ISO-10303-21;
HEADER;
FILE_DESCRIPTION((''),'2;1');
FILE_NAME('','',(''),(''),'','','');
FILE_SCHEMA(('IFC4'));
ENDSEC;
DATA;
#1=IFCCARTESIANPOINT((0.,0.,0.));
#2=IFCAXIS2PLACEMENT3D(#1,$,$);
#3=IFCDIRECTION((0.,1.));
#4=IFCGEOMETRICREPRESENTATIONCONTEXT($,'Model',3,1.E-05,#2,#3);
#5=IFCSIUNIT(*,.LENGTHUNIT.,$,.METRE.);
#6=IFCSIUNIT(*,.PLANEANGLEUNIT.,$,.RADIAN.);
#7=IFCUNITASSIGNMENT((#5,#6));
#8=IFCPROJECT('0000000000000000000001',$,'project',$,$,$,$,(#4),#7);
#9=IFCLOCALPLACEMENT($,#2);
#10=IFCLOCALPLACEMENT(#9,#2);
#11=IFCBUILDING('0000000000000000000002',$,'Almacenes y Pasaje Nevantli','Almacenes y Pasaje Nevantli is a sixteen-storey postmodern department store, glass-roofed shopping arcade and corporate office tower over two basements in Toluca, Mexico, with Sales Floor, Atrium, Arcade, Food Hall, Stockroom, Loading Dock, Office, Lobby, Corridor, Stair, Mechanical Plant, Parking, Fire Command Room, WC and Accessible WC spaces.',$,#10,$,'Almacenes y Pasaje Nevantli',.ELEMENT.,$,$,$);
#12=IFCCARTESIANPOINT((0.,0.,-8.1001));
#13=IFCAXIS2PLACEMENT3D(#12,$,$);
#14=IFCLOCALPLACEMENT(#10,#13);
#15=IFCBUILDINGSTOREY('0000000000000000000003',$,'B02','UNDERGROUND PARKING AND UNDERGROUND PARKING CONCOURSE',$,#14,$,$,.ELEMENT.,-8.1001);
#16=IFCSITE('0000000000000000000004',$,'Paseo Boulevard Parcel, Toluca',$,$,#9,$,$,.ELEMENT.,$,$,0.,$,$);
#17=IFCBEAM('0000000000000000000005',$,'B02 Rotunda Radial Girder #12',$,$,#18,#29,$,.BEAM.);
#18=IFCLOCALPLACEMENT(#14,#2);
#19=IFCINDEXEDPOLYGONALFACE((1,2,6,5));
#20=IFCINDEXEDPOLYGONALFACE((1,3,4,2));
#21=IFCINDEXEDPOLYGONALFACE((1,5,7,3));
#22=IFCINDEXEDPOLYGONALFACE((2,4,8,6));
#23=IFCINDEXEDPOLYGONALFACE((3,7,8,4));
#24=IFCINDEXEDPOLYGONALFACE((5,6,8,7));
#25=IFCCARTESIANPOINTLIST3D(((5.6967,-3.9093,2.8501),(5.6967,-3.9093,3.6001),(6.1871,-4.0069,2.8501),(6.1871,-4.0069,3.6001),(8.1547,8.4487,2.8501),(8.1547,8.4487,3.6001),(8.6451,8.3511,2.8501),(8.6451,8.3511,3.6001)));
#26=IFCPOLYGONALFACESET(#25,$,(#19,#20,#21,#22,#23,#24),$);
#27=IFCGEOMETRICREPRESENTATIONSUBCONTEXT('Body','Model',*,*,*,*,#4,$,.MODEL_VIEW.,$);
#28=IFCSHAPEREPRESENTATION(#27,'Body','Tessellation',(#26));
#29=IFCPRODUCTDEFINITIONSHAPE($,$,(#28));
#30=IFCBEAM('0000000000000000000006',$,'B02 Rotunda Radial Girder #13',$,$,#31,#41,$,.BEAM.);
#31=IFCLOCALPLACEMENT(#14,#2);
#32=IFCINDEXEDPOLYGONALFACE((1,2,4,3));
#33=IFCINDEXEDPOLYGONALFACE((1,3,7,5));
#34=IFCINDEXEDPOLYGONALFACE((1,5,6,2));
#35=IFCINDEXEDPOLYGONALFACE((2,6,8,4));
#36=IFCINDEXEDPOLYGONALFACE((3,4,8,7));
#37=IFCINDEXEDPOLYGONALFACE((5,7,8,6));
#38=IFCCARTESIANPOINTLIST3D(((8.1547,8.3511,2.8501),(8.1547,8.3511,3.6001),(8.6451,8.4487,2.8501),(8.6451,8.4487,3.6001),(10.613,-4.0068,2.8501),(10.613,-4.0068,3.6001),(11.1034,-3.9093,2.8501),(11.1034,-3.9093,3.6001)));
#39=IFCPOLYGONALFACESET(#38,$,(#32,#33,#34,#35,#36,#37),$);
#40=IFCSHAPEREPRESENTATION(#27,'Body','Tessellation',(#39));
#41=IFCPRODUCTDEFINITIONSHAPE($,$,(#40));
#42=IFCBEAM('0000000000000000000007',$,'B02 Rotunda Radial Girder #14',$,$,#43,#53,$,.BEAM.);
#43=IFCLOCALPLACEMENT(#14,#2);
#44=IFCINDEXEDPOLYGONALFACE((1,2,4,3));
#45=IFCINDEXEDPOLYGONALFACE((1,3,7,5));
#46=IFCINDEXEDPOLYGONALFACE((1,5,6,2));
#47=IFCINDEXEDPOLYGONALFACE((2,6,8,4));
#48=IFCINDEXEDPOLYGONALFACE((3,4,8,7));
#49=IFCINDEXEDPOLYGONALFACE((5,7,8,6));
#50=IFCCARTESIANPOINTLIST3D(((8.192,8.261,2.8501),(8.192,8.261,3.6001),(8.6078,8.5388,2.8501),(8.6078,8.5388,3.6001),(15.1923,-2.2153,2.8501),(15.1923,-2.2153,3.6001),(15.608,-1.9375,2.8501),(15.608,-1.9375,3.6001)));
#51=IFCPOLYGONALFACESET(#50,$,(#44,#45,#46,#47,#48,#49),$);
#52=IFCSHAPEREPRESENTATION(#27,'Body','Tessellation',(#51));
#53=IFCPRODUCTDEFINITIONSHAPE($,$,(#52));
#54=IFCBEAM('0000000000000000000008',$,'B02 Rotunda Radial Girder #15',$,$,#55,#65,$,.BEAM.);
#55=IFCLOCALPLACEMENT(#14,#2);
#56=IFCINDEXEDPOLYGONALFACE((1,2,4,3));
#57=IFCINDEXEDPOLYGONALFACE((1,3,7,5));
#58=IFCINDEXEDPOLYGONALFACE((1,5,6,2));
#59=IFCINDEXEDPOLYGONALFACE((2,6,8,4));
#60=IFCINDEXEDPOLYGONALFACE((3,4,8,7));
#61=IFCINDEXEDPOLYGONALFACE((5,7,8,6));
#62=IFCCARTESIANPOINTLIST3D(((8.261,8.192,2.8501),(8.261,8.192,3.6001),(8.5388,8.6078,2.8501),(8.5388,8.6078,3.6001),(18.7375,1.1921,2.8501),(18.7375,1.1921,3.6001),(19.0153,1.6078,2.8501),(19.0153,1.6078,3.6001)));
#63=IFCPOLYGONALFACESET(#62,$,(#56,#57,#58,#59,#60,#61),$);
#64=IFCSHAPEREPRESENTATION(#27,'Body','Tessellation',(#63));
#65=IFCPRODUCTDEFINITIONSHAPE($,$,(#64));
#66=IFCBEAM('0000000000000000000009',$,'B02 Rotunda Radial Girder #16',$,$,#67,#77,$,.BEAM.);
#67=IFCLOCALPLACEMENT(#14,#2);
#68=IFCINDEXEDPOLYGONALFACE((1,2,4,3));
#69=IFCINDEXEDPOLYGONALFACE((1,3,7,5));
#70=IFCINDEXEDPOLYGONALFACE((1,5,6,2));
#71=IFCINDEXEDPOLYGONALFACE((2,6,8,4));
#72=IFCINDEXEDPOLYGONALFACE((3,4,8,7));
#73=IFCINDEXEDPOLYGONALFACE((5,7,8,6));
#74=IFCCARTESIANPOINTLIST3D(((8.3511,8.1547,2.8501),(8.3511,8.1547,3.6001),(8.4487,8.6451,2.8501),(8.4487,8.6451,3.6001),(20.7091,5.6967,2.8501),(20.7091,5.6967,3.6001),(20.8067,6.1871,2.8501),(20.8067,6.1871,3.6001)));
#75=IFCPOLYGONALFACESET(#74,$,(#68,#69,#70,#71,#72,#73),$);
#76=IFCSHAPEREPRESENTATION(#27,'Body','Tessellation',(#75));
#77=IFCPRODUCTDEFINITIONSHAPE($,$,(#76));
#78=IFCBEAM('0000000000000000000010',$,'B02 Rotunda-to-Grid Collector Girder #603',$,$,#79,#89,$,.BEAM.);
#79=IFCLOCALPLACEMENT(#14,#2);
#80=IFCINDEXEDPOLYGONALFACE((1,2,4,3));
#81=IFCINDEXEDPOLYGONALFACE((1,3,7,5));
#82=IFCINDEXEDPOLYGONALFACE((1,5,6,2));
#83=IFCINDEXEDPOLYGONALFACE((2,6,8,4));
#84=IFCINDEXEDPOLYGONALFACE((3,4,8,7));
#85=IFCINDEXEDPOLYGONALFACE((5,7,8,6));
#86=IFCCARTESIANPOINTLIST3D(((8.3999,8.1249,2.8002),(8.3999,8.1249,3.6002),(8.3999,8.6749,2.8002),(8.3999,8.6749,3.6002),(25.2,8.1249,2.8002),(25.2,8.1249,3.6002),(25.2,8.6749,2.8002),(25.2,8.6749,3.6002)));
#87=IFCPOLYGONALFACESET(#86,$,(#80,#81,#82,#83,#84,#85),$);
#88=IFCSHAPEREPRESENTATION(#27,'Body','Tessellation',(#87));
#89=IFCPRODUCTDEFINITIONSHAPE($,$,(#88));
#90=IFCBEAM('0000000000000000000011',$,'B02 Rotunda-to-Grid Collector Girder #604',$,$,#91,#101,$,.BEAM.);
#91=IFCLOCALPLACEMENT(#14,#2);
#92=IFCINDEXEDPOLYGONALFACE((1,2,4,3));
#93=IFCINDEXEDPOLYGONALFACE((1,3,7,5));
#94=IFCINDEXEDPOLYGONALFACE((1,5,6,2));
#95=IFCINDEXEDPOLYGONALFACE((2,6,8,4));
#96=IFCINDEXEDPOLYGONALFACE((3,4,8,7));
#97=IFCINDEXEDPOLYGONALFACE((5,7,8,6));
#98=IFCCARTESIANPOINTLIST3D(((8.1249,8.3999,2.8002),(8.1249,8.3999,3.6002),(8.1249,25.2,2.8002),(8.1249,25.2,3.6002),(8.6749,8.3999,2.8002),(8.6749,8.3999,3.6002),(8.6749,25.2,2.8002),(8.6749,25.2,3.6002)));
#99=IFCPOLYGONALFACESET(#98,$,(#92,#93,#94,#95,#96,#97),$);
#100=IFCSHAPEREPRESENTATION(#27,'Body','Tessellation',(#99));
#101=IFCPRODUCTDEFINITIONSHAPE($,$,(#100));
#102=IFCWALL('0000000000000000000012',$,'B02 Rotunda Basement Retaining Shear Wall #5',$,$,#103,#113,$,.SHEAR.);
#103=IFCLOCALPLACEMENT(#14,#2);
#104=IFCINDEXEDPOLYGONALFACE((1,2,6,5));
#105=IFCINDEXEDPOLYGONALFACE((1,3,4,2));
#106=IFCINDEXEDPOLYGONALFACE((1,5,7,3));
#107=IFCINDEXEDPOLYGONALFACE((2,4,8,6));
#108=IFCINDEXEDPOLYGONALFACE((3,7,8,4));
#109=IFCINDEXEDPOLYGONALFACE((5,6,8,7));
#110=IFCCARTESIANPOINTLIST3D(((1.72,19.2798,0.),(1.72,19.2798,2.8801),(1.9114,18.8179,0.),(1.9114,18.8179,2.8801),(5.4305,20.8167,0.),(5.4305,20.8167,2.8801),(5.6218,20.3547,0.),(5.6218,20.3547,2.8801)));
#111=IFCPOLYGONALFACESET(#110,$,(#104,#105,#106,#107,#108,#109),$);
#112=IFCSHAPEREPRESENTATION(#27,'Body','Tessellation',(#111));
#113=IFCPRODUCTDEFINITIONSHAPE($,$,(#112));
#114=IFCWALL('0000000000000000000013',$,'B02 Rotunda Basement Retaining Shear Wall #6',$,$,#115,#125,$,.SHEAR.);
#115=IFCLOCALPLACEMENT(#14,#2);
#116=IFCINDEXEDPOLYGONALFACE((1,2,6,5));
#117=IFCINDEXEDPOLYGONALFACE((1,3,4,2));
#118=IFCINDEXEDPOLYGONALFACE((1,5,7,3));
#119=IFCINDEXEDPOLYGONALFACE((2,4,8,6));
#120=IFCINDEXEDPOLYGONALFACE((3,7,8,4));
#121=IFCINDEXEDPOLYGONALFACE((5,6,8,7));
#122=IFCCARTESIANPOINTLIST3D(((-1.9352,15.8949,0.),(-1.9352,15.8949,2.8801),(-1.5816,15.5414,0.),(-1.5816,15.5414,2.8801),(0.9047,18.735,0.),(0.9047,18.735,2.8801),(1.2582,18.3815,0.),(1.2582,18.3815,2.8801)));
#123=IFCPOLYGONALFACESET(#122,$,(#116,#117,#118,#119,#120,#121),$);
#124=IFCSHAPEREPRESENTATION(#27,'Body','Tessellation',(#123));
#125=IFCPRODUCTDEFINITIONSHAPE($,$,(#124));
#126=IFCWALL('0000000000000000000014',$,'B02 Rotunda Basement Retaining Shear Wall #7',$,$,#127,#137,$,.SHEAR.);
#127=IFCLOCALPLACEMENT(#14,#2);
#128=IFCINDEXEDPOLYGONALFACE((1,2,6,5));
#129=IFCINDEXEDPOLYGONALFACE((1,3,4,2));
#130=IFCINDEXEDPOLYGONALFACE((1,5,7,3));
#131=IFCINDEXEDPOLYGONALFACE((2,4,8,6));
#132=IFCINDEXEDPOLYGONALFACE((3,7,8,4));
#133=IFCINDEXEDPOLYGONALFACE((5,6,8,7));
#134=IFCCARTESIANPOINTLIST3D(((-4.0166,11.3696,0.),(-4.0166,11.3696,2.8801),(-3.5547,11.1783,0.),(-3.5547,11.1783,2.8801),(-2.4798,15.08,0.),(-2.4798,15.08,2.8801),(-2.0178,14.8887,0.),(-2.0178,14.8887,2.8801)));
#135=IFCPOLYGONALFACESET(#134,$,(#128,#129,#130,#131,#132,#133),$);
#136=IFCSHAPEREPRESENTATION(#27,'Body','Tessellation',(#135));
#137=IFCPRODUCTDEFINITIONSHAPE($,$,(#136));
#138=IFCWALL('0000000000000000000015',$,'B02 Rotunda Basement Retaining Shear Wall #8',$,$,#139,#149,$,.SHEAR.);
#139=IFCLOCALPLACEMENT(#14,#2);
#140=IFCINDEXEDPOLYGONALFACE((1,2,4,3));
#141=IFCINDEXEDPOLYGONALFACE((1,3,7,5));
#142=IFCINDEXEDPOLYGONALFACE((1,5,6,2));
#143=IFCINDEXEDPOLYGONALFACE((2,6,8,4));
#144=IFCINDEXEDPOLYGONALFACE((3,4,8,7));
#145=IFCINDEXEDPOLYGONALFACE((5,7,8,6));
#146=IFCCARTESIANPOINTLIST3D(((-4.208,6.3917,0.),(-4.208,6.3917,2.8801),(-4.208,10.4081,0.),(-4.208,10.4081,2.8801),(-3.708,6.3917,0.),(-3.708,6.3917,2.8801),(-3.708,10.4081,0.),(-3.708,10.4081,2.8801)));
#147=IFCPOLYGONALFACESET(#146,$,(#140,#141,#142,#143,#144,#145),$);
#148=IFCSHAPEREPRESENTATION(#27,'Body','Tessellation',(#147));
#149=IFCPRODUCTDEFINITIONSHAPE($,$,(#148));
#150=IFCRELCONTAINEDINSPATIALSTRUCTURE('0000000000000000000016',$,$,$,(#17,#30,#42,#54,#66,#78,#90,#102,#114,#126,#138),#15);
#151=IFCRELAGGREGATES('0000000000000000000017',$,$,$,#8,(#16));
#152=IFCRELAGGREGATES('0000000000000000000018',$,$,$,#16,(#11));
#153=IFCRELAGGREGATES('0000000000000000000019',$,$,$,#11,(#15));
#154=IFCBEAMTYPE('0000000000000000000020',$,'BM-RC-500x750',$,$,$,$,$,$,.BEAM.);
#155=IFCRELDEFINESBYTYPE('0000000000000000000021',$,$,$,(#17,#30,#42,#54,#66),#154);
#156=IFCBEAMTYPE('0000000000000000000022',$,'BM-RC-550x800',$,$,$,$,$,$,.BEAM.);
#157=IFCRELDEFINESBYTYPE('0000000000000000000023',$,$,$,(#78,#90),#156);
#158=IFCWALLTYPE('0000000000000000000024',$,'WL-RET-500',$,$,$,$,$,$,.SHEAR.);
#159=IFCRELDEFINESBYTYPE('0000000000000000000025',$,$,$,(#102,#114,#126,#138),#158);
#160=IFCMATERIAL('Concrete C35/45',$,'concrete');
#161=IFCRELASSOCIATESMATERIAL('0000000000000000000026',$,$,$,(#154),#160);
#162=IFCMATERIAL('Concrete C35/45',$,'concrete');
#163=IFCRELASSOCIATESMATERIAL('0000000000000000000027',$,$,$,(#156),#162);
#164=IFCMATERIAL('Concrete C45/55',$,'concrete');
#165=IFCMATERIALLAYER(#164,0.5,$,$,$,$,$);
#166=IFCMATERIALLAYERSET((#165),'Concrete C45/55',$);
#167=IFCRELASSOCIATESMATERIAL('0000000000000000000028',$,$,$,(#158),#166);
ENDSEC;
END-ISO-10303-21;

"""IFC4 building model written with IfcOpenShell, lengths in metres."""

from ifc_helpers import new_model, si_unit, direction, frame, frame_2d, origin, origin_2d, place, context, subcontext, project, spatial, rectangle, extrude, material, layer, layer_set, material_profile, profile_set, type_object, element, save


model = new_model("IFC4")

# Units and contexts
model_context = context("Model", 3, precision=1e-05, world=origin(), true_north=direction((0.0, 1.0)))
body_context = subcontext(model_context, "Body", "Model", "MODEL_VIEW")
ifc_project = project(units=[si_unit("LENGTHUNIT", "METRE"), si_unit("PLANEANGLEUNIT", "RADIAN")], contexts=[model_context])

# Site, building, storey
site_placement = place(None, origin())
site = spatial("IfcSite", under=ifc_project, at=site_placement, Name="Paseo Boulevard Parcel, Toluca", CompositionType="ELEMENT", RefElevation=0.0)
building_placement = place(site_placement, origin())
building = spatial("IfcBuilding", under=site, at=building_placement, Name="Almacenes y Pasaje Nevantli", Description="Almacenes y Pasaje Nevantli is a sixteen-storey postmodern department store, glass-roofed shopping arcade and corporate office tower over two basements in Toluca, Mexico, with Sales Floor, Atrium, Arcade, Food Hall, Stockroom, Loading Dock, Office, Lobby, Corridor, Stair, Mechanical Plant, Parking, Fire Command Room, WC and Accessible WC spaces.", LongName="Almacenes y Pasaje Nevantli", CompositionType="ELEMENT")
storey_placement = place(building_placement, frame((0.0, 0.0, -8.1001)))
storey = spatial("IfcBuildingStorey", under=building, at=storey_placement, Name="B02", Description="UNDERGROUND PARKING AND UNDERGROUND PARKING CONCOURSE", CompositionType="ELEMENT", Elevation=-8.1001)

# Beams
ifc_material_1 = material(Name="Concrete C35/45", Category="concrete")
ifc_material_profile_1 = material_profile(ifc_material_1, rectangle(XDim=0.5, YDim=0.75, at=origin_2d()), Name="RC-BM-500x750")
ifc_profile_set_1 = profile_set([ifc_material_profile_1], Name="Concrete C35/45")
beam_type_1 = type_object("IfcBeamType", Name="BM-RC-500x750", PredefinedType="BEAM", material=ifc_profile_set_1)
for number, where, z_axis, x_axis, name in (
    (1, (8.3999, 8.3999, 3.2251), (-0.19508, -0.980787, 0.0), (0.980787, -0.19508, 0.0), "B02 Rotunda Radial Girder #12"),
    (2, (8.3999, 8.3999, 3.2251), (0.195099, -0.980784, 0.0), (0.980784, 0.195099, 0.0), "B02 Rotunda Radial Girder #13"),
):
    element("IfcBeam", number, at=place(storey_placement, frame(where, z_axis=z_axis, x_axis=x_axis)), inside=storey, type_object=beam_type_1, Name=name, PredefinedType="BEAM", context=body_context, shape_type="SweptSolid", body=[
        extrude(rectangle(XDim=0.5, YDim=0.75, at=origin_2d()), origin(), (0.0, 0.0, 1.0), 12.6001),
    ])
for number, where, z_axis, x_axis, name in (
    (3, (8.3999, 8.3999, 3.2251), (0.555581, -0.831463, 0.0), (0.831463, 0.555581, 0.0), "B02 Rotunda Radial Girder #14"),
    (4, (8.3999, 8.3999, 3.2251), (0.831478, -0.555558, 0.0), (0.555558, 0.831478, 0.0), "B02 Rotunda Radial Girder #15"),
):
    element("IfcBeam", number, at=place(storey_placement, frame(where, z_axis=z_axis, x_axis=x_axis)), inside=storey, type_object=beam_type_1, Name=name, PredefinedType="BEAM", context=body_context, shape_type="SweptSolid", body=[
        extrude(rectangle(XDim=0.5, YDim=0.75, at=origin_2d()), origin(), (0.0, 0.0, 1.0), 12.5999),
    ])
beam_placement = place(storey_placement, frame((8.3999, 8.3999, 3.2251), z_axis=(0.980787, -0.19508, 0.0), x_axis=(0.19508, 0.980787, 0.0)))
element("IfcBeam", 5, at=beam_placement, inside=storey, type_object=beam_type_1, Name="B02 Rotunda Radial Girder #16", PredefinedType="BEAM", context=body_context, shape_type="SweptSolid", body=[
    extrude(rectangle(XDim=0.5, YDim=0.75, at=origin_2d()), origin(), (0.0, 0.0, 1.0), 12.6001),
])
ifc_material_2 = material(Name="Concrete C35/45", Category="concrete")
ifc_material_profile_2 = material_profile(ifc_material_2, rectangle(XDim=0.55, YDim=0.8, at=origin_2d()), Name="RC-BM-550x800")
ifc_profile_set_2 = profile_set([ifc_material_profile_2], Name="Concrete C35/45")
beam_type_2 = type_object("IfcBeamType", Name="BM-RC-550x800", PredefinedType="BEAM", material=ifc_profile_set_2)
for number, where, z_axis, x_axis, name in (
    (6, (8.3999, 8.3999, 3.2002), (1.0, 0.0, 0.0), (0.0, 1.0, 0.0), "B02 Rotunda-to-Grid Collector Girder #603"),
    (7, (8.3999, 8.3999, 3.2002), (0.0, 1.0, 0.0), (-1.0, 0.0, 0.0), "B02 Rotunda-to-Grid Collector Girder #604"),
):
    element("IfcBeam", number, at=place(storey_placement, frame(where, z_axis=z_axis, x_axis=x_axis)), inside=storey, type_object=beam_type_2, Name=name, PredefinedType="BEAM", context=body_context, shape_type="SweptSolid", body=[
        extrude(rectangle(XDim=0.55, YDim=0.8, at=origin_2d()), origin(), (0.0, 0.0, 1.0), 16.8),
    ])

# Walls
ifc_material_3 = material(Name="Concrete C45/55", Category="concrete")
ifc_layer_1 = layer(ifc_material_3, 0.5)
ifc_layer_set_1 = layer_set([ifc_layer_1], Name="Concrete C45/55")
wall_type = type_object("IfcWallType", Name="WL-RET-500", PredefinedType="SHEAR", material=ifc_layer_set_1)
wall_1_placement = place(storey_placement, frame((5.5261, 20.5857, 0.0), z_axis=(0.0, 0.0, 1.0), x_axis=(-0.923884, -0.382672, 0.0)))
element("IfcWall", 8, at=wall_1_placement, inside=storey, type_object=wall_type, Name="B02 Rotunda Basement Retaining Shear Wall #5", PredefinedType="SHEAR", context=body_context, shape_type="SweptSolid", body=[
    extrude(rectangle(XDim=4.0161, YDim=0.5, at=frame_2d((2.0081, 0.0))), origin(), (0.0, 0.0, 1.0), 2.8801),
])
wall_2_placement = place(storey_placement, frame((1.0815, 18.5583, 0.0), z_axis=(0.0, 0.0, 1.0), x_axis=(-0.707076, -0.707137, 0.0)))
element("IfcWall", 9, at=wall_2_placement, inside=storey, type_object=wall_type, Name="B02 Rotunda Basement Retaining Shear Wall #6", PredefinedType="SHEAR", context=body_context, shape_type="SweptSolid", body=[
    extrude(rectangle(XDim=4.0164, YDim=0.5, at=frame_2d((2.0083, 0.0))), origin(), (0.0, 0.0, 1.0), 2.8801),
])
wall_3_placement = place(storey_placement, frame((-2.2488, 14.9844, 0.0), z_axis=(0.0, 0.0, 1.0), x_axis=(-0.382672, -0.923884, 0.0)))
element("IfcWall", 10, at=wall_3_placement, inside=storey, type_object=wall_type, Name="B02 Rotunda Basement Retaining Shear Wall #7", PredefinedType="SHEAR", context=body_context, shape_type="SweptSolid", body=[
    extrude(rectangle(XDim=4.0161, YDim=0.5, at=frame_2d((2.0081, 0.0))), origin(), (0.0, 0.0, 1.0), 2.8801),
])
wall_4_placement = place(storey_placement, frame((-3.958, 10.4082, 0.0), z_axis=(0.0, 0.0, 1.0), x_axis=(0.0, -1.0, 0.0)))
element("IfcWall", 11, at=wall_4_placement, inside=storey, type_object=wall_type, Name="B02 Rotunda Basement Retaining Shear Wall #8", PredefinedType="SHEAR", context=body_context, shape_type="SweptSolid", body=[
    extrude(rectangle(XDim=4.0164, YDim=0.5, at=frame_2d((2.0083, 0.0))), origin(), (0.0, 0.0, 1.0), 2.8801),
])

save(model, "model.ifc")
